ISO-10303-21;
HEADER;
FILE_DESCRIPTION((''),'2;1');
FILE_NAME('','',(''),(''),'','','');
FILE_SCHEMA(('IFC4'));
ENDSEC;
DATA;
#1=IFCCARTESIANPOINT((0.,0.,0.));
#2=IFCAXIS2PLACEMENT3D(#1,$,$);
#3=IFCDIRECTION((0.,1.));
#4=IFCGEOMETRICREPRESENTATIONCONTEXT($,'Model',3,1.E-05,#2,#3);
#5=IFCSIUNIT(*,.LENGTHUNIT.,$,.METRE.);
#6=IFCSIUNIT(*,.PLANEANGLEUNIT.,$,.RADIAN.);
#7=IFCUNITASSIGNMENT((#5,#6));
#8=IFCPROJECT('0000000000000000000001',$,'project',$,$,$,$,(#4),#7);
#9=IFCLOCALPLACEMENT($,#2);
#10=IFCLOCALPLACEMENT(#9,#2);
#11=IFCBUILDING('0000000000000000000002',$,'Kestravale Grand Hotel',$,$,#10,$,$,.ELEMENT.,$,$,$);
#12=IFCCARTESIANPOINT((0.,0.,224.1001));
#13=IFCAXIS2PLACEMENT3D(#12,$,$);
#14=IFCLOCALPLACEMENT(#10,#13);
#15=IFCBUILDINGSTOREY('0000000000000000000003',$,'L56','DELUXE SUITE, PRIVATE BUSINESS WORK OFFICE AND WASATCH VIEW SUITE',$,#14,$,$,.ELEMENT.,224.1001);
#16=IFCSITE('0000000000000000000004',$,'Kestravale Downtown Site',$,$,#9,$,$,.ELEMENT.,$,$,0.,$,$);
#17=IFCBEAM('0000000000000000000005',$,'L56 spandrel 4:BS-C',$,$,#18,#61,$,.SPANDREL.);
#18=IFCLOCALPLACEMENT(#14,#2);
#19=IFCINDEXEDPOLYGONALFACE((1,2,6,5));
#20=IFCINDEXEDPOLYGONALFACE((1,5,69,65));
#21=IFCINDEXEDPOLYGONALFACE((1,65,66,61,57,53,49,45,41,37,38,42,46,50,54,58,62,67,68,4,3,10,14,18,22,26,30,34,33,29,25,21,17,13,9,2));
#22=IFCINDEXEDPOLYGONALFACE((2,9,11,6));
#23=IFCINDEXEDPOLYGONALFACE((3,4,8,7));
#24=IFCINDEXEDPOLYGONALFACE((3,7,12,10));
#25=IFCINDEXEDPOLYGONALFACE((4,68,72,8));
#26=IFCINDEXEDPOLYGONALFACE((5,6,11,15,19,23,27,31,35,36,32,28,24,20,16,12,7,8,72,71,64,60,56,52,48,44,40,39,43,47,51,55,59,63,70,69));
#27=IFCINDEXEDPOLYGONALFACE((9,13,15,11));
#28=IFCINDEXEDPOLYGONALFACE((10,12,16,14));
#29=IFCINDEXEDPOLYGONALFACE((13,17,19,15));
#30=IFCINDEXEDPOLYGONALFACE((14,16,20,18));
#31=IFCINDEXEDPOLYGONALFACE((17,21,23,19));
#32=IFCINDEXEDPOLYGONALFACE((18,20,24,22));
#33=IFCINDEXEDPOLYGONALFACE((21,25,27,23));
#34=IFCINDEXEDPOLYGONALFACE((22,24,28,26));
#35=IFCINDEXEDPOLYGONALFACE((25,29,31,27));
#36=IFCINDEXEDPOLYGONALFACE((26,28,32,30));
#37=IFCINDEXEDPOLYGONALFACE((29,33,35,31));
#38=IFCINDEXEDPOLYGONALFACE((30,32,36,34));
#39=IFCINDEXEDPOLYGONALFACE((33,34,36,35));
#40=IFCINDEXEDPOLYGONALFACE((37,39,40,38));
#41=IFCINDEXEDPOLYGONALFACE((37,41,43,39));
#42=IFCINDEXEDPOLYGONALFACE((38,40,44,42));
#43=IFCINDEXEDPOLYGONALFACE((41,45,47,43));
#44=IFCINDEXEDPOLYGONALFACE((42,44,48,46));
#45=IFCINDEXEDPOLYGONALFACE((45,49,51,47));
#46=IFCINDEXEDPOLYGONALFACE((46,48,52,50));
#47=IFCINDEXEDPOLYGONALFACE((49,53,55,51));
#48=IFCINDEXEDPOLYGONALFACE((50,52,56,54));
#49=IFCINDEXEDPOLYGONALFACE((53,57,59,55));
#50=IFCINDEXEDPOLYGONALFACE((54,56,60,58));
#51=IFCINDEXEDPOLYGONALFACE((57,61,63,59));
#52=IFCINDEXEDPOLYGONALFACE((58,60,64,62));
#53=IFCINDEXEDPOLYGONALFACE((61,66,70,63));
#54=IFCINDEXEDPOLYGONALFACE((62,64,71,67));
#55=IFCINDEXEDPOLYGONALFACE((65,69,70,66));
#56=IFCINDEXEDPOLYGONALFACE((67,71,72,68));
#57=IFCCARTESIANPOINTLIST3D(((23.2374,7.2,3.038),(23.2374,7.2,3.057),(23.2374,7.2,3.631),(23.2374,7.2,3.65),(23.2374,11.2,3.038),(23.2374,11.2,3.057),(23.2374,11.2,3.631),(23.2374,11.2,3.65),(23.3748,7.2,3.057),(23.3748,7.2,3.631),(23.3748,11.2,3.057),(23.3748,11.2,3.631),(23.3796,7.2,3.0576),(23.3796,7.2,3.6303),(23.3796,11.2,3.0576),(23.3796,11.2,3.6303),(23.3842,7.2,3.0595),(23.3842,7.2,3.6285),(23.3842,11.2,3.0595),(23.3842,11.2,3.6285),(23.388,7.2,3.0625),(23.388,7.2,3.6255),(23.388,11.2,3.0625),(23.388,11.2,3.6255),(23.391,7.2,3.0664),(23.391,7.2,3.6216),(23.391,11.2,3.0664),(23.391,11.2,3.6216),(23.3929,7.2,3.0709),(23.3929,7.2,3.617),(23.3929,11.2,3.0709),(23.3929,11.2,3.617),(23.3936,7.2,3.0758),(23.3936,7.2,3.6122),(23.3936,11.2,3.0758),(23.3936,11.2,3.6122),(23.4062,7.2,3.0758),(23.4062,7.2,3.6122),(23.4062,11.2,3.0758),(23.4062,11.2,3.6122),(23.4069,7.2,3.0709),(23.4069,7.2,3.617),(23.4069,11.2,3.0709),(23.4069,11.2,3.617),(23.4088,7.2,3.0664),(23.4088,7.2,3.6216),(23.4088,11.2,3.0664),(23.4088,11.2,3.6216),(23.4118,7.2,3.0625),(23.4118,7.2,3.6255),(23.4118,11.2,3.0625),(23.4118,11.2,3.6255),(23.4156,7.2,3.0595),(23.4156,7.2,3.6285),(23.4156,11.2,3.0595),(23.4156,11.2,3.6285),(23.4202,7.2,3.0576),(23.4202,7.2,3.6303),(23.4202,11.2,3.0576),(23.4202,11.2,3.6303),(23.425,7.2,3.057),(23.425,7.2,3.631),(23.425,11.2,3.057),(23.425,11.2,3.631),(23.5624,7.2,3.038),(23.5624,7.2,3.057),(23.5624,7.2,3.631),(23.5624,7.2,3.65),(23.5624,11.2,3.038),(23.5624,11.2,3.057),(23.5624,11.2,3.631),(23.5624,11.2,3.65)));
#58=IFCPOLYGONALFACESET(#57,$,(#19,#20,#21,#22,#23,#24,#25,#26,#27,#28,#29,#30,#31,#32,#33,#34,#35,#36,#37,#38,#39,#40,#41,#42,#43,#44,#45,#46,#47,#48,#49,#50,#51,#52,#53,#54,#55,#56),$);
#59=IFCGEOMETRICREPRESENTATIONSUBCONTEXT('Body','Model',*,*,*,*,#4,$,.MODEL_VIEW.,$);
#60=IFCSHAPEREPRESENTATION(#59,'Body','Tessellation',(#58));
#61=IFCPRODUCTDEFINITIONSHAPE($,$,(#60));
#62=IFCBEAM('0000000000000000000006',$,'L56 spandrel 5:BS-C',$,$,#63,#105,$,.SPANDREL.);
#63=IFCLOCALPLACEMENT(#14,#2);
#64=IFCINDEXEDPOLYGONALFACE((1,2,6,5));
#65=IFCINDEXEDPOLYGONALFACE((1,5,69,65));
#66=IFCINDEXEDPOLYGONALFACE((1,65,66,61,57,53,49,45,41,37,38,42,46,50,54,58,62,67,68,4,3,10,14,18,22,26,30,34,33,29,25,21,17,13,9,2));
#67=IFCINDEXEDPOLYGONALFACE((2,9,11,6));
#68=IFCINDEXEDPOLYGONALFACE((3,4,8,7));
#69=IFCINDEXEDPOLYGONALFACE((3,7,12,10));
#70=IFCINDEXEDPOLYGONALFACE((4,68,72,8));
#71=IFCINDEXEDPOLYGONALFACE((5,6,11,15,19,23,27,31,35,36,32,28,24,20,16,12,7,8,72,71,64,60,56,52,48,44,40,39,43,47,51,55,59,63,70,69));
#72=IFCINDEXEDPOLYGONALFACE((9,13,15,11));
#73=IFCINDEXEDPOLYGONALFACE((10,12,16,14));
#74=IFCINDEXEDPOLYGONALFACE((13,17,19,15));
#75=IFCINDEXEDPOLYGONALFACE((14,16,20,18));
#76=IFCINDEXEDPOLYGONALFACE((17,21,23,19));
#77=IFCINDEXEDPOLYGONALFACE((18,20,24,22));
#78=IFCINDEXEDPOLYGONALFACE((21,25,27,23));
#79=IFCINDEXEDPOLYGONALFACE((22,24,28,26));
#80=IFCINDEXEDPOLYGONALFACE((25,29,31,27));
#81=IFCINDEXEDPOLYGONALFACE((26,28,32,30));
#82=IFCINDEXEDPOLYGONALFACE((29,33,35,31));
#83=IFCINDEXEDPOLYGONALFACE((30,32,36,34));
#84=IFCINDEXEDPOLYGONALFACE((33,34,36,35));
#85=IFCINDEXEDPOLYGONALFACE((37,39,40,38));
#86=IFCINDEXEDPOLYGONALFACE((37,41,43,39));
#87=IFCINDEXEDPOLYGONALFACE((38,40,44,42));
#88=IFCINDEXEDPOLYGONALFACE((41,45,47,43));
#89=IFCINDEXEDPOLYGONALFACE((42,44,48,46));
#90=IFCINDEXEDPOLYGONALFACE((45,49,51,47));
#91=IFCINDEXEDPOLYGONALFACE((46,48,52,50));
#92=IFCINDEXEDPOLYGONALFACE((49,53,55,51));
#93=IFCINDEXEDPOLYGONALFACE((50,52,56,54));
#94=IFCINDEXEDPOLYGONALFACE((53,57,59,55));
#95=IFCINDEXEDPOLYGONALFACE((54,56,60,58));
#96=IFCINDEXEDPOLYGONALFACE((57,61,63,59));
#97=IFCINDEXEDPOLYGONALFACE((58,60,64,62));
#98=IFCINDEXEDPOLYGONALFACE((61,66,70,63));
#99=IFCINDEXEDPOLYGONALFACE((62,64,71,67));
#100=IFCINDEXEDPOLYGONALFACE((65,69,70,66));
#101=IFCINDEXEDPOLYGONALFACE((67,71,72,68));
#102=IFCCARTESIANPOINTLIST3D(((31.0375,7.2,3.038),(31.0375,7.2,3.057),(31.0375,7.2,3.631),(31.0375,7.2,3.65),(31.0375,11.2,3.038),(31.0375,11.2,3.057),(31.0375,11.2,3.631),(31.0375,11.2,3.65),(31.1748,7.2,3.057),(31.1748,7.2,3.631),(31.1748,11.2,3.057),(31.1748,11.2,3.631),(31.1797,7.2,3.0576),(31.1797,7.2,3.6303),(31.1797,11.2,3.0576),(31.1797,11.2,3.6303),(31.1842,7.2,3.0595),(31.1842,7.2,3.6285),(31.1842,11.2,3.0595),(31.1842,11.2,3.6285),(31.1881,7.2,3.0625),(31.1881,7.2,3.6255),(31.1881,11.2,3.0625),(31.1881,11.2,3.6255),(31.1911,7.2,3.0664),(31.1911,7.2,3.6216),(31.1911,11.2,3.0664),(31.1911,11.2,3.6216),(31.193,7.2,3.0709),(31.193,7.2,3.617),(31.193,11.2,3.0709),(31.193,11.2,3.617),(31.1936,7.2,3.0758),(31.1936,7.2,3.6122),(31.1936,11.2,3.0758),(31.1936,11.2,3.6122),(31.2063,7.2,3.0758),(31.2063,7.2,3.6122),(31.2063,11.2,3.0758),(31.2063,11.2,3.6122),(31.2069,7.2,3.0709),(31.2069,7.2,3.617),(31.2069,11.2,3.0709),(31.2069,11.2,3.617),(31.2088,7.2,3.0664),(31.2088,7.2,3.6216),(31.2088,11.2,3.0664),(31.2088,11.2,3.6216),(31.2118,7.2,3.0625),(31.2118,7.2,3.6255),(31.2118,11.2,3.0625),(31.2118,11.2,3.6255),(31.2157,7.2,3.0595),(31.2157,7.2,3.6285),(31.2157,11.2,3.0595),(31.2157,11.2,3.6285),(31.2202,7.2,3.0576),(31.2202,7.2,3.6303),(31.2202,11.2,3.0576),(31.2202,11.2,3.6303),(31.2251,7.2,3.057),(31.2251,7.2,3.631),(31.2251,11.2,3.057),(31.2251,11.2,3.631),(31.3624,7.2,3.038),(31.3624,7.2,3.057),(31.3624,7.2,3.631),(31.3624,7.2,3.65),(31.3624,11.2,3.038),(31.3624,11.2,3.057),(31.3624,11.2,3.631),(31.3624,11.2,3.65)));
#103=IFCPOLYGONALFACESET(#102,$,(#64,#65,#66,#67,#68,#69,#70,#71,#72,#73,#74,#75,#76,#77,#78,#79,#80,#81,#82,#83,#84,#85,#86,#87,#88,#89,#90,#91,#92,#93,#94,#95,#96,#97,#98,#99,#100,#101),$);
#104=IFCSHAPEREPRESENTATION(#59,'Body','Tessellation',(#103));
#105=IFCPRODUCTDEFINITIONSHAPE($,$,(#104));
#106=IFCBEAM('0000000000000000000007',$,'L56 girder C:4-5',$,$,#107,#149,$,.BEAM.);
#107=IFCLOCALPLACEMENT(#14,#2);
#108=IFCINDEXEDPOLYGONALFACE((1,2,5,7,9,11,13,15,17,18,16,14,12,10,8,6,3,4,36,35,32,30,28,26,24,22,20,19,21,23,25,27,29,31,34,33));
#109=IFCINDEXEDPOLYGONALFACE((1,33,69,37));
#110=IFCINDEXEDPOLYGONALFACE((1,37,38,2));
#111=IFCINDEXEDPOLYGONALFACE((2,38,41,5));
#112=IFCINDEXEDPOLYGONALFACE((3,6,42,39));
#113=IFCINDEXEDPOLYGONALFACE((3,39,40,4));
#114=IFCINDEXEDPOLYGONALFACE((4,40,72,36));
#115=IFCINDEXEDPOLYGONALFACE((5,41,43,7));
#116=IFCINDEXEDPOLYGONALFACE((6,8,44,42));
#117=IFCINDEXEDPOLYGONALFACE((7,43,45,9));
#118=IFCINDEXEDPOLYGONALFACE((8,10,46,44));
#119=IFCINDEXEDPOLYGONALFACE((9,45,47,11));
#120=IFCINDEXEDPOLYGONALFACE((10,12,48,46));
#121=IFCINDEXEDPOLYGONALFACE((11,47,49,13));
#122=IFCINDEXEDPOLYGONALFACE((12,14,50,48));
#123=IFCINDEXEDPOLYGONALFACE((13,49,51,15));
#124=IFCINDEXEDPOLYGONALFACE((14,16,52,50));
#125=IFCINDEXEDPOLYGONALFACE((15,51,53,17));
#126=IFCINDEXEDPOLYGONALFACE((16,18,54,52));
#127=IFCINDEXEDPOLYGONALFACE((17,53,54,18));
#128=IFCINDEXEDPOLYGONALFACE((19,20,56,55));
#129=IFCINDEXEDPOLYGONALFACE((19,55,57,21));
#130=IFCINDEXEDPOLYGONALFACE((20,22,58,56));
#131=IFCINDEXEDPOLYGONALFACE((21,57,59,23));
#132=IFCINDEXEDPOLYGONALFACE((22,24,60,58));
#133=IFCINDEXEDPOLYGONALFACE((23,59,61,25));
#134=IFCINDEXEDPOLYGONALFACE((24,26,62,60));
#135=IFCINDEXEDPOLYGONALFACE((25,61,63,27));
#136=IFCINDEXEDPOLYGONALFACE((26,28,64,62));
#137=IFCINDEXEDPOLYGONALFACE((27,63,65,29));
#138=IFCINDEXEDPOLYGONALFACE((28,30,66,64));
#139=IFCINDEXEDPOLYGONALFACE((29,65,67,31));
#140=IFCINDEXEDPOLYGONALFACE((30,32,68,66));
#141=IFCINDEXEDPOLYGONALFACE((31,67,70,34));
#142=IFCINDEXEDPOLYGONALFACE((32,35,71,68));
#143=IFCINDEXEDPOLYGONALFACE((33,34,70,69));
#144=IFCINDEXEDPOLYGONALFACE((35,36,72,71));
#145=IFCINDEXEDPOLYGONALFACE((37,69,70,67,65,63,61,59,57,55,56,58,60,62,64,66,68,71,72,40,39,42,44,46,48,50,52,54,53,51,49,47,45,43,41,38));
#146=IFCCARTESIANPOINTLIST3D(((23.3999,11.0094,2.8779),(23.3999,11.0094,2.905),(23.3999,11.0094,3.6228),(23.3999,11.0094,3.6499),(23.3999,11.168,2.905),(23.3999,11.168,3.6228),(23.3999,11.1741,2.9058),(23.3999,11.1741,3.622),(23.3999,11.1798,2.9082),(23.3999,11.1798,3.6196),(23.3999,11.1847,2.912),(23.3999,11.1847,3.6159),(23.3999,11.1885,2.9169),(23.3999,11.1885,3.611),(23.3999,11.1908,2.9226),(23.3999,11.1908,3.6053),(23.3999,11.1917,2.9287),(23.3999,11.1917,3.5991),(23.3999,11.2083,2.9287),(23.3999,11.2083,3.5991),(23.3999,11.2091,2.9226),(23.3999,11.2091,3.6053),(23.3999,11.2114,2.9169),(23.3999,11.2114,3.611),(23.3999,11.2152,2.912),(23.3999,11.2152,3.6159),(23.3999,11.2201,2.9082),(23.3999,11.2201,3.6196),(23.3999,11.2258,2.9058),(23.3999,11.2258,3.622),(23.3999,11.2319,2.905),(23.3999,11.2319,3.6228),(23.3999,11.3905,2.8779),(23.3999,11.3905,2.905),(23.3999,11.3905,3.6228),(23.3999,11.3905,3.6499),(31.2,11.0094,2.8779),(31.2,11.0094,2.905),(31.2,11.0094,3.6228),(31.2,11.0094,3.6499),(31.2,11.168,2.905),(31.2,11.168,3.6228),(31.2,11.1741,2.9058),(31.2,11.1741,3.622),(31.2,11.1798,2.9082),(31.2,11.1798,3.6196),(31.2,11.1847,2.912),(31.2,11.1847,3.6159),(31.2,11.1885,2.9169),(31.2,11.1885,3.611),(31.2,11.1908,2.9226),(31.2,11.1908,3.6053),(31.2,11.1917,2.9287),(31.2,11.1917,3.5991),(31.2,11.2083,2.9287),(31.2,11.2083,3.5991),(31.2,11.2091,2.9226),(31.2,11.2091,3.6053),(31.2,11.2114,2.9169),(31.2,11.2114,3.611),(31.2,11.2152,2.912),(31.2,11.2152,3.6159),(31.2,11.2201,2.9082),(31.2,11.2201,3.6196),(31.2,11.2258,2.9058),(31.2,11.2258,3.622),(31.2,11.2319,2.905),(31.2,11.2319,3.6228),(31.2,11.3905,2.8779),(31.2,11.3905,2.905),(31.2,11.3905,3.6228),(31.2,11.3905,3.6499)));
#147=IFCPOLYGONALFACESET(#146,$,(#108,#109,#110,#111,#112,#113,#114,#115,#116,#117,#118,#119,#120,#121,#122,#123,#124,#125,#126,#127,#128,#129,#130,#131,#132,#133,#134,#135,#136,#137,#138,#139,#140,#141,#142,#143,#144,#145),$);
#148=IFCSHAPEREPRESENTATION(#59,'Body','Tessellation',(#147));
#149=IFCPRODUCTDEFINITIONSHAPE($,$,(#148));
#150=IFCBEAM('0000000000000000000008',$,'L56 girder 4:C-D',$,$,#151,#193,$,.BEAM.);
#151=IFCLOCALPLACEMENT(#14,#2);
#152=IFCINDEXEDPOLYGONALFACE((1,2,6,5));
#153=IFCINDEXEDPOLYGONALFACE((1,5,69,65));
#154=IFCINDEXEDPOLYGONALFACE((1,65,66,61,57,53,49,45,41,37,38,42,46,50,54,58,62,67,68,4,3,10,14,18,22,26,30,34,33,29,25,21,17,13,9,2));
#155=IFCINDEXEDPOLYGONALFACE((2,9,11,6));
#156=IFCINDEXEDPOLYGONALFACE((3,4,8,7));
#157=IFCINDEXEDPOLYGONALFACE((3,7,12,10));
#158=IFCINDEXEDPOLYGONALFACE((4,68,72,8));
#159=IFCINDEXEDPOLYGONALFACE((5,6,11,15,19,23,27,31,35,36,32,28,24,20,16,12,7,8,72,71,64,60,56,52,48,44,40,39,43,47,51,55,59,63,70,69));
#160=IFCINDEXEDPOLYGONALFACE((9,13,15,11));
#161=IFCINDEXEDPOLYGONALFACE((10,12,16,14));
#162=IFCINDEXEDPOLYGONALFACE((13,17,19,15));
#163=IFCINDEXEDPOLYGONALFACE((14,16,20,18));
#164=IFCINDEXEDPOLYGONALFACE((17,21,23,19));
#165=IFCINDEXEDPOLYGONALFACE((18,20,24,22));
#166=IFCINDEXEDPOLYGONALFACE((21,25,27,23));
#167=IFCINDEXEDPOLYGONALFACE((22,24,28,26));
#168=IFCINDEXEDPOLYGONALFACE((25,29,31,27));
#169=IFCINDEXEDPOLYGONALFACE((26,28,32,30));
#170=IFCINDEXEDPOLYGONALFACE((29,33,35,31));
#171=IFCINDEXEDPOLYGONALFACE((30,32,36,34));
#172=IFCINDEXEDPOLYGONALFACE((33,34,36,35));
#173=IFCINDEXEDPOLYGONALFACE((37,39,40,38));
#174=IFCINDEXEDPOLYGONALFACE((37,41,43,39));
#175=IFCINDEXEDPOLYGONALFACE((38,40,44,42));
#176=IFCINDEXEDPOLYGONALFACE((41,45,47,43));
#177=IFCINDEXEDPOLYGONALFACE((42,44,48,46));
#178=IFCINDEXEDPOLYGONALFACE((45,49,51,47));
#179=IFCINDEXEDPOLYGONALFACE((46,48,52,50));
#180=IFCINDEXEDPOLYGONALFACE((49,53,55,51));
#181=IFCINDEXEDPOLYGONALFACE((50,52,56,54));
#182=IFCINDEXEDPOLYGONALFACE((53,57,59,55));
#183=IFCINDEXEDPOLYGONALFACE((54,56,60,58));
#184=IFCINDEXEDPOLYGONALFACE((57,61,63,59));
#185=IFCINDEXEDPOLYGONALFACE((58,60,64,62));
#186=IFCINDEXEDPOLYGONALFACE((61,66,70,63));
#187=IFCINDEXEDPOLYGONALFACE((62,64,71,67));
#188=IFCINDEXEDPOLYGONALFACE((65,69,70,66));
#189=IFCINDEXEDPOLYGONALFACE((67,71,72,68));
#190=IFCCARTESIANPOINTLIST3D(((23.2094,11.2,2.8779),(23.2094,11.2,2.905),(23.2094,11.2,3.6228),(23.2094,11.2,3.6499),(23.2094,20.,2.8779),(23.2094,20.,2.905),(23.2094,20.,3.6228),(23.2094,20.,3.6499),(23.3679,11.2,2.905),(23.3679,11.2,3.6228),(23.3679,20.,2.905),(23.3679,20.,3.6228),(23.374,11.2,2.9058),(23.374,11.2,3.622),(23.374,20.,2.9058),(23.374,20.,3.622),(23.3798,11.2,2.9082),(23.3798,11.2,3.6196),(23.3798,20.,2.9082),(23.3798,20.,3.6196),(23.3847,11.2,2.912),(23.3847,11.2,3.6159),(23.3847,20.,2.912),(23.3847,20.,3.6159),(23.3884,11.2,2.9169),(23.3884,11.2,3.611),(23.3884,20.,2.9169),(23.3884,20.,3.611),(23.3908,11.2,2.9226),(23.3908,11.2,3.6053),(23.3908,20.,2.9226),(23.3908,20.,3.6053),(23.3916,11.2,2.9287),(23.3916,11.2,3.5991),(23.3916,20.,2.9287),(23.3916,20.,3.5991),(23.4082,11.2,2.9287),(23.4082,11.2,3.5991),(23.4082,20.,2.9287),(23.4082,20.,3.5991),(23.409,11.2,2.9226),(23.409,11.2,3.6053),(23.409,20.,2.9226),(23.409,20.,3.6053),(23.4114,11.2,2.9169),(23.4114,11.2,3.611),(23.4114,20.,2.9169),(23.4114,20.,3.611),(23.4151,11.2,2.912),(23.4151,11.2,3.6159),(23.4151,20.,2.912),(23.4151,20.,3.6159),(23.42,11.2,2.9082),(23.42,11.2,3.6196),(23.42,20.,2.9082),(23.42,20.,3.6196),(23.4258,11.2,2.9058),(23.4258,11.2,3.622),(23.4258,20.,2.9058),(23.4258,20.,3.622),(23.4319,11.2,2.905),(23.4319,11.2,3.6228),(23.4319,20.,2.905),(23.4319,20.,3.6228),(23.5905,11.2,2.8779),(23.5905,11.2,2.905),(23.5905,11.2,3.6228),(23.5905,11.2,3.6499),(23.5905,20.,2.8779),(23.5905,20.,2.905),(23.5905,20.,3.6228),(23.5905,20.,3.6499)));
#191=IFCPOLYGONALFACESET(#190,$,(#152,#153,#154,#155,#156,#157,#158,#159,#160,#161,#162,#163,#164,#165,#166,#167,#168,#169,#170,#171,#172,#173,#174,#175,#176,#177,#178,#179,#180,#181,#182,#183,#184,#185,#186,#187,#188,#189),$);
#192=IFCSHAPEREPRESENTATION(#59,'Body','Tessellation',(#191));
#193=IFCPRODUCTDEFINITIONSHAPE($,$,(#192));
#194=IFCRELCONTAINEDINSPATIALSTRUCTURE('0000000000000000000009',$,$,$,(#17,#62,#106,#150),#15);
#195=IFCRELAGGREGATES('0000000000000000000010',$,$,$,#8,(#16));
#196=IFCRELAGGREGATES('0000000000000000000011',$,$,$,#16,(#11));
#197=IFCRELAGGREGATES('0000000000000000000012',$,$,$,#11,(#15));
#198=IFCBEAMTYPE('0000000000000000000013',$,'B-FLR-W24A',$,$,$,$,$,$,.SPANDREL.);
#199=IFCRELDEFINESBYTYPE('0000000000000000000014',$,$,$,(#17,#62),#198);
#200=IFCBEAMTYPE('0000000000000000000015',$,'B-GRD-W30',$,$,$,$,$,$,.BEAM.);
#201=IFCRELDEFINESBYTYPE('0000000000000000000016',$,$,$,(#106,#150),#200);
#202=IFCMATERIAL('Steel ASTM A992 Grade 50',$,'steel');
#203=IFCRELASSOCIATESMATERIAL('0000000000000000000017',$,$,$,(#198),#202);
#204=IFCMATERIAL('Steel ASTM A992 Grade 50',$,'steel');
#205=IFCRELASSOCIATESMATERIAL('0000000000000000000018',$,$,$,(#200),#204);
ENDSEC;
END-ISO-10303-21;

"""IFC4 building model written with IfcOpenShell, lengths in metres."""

from ifc_helpers import new_model, si_unit, direction, frame, origin, origin_2d, place, context, subcontext, project, spatial, i_section, extrude, material, material_profile, profile_set, type_object, element, save


model = new_model("IFC4")

# Units and contexts
model_context = context("Model", 3, precision=1e-05, world=origin(), true_north=direction((0.0, 1.0)))
body_context = subcontext(model_context, "Body", "Model", "MODEL_VIEW")
ifc_project = project(units=[si_unit("LENGTHUNIT", "METRE"), si_unit("PLANEANGLEUNIT", "RADIAN")], contexts=[model_context])

# Site, building, storey
site_placement = place(None, origin())
site = spatial("IfcSite", under=ifc_project, at=site_placement, Name="Kestravale Downtown Site", CompositionType="ELEMENT", RefElevation=0.0)
building_placement = place(site_placement, origin())
building = spatial("IfcBuilding", under=site, at=building_placement, Name="Kestravale Grand Hotel", CompositionType="ELEMENT")
storey_placement = place(building_placement, frame((0.0, 0.0, 224.1001)))
storey = spatial("IfcBuildingStorey", under=building, at=storey_placement, Name="L56", Description="DELUXE SUITE, PRIVATE BUSINESS WORK OFFICE AND WASATCH VIEW SUITE", CompositionType="ELEMENT", Elevation=224.1001)

# Beams
ifc_material_1 = material(Name="Steel ASTM A992 Grade 50", Category="steel")
ifc_material_profile_1 = material_profile(ifc_material_1, i_section(OverallWidth=0.325, OverallDepth=0.6121, WebThickness=0.0127, FlangeThickness=0.019, FilletRadius=0.0188, at=origin_2d()))
ifc_profile_set_1 = profile_set([ifc_material_profile_1], Name="Steel ASTM A992 Grade 50")
beam_type_1 = type_object("IfcBeamType", Name="B-FLR-W24A", PredefinedType="SPANDREL", material=ifc_profile_set_1)
for number, where, z_axis, x_axis, name in (
    (1, (23.3999, 7.2, 3.344), (0.0, 1.0, 0.0), (-1.0, 0.0, 0.0), "L56 spandrel 4:BS-C"),
    (2, (31.2, 7.2, 3.344), (0.0, 1.0, 0.0), (-1.0, 0.0, 0.0), "L56 spandrel 5:BS-C"),
):
    element("IfcBeam", number, at=place(storey_placement, frame(where, z_axis=z_axis, x_axis=x_axis)), inside=storey, type_object=beam_type_1, Name=name, PredefinedType="SPANDREL", context=body_context, shape_type="SweptSolid", body=[
        extrude(i_section(OverallWidth=0.325, OverallDepth=0.6121, WebThickness=0.0127, FlangeThickness=0.019, FilletRadius=0.0188, at=origin_2d()), origin(), (0.0, 0.0, 1.0), 4.0),
    ])
ifc_material_2 = material(Name="Steel ASTM A992 Grade 50", Category="steel")
ifc_material_profile_2 = material_profile(ifc_material_2, i_section(OverallWidth=0.3811, OverallDepth=0.772, WebThickness=0.0166, FlangeThickness=0.0271, FilletRadius=0.0237, at=origin_2d()))
ifc_profile_set_2 = profile_set([ifc_material_profile_2], Name="Steel ASTM A992 Grade 50")
beam_type_2 = type_object("IfcBeamType", Name="B-GRD-W30", PredefinedType="BEAM", material=ifc_profile_set_2)
beam_1_placement = place(storey_placement, frame((23.3999, 11.2, 3.2639), z_axis=(1.0, 0.0, 0.0), x_axis=(0.0, 1.0, 0.0)))
element("IfcBeam", 3, at=beam_1_placement, inside=storey, type_object=beam_type_2, Name="L56 girder C:4-5", PredefinedType="BEAM", context=body_context, shape_type="SweptSolid", body=[
    extrude(i_section(OverallWidth=0.3811, OverallDepth=0.772, WebThickness=0.0166, FlangeThickness=0.0271, FilletRadius=0.0237, at=origin_2d()), origin(), (0.0, 0.0, 1.0), 7.8),
])
for number, where, z_axis, x_axis, name in (
    (4, (23.3999, 11.2, 3.2639), (0.0, 1.0, 0.0), (-1.0, 0.0, 0.0), "L56 girder 4:C-D"),
):
    element("IfcBeam", number, at=place(storey_placement, frame(where, z_axis=z_axis, x_axis=x_axis)), inside=storey, type_object=beam_type_2, Name=name, PredefinedType="BEAM", context=body_context, shape_type="SweptSolid", body=[
        extrude(i_section(OverallWidth=0.3811, OverallDepth=0.772, WebThickness=0.0166, FlangeThickness=0.0271, FilletRadius=0.0237, at=origin_2d()), origin(), (0.0, 0.0, 1.0), 8.8),
    ])

save(model, "model.ifc")
